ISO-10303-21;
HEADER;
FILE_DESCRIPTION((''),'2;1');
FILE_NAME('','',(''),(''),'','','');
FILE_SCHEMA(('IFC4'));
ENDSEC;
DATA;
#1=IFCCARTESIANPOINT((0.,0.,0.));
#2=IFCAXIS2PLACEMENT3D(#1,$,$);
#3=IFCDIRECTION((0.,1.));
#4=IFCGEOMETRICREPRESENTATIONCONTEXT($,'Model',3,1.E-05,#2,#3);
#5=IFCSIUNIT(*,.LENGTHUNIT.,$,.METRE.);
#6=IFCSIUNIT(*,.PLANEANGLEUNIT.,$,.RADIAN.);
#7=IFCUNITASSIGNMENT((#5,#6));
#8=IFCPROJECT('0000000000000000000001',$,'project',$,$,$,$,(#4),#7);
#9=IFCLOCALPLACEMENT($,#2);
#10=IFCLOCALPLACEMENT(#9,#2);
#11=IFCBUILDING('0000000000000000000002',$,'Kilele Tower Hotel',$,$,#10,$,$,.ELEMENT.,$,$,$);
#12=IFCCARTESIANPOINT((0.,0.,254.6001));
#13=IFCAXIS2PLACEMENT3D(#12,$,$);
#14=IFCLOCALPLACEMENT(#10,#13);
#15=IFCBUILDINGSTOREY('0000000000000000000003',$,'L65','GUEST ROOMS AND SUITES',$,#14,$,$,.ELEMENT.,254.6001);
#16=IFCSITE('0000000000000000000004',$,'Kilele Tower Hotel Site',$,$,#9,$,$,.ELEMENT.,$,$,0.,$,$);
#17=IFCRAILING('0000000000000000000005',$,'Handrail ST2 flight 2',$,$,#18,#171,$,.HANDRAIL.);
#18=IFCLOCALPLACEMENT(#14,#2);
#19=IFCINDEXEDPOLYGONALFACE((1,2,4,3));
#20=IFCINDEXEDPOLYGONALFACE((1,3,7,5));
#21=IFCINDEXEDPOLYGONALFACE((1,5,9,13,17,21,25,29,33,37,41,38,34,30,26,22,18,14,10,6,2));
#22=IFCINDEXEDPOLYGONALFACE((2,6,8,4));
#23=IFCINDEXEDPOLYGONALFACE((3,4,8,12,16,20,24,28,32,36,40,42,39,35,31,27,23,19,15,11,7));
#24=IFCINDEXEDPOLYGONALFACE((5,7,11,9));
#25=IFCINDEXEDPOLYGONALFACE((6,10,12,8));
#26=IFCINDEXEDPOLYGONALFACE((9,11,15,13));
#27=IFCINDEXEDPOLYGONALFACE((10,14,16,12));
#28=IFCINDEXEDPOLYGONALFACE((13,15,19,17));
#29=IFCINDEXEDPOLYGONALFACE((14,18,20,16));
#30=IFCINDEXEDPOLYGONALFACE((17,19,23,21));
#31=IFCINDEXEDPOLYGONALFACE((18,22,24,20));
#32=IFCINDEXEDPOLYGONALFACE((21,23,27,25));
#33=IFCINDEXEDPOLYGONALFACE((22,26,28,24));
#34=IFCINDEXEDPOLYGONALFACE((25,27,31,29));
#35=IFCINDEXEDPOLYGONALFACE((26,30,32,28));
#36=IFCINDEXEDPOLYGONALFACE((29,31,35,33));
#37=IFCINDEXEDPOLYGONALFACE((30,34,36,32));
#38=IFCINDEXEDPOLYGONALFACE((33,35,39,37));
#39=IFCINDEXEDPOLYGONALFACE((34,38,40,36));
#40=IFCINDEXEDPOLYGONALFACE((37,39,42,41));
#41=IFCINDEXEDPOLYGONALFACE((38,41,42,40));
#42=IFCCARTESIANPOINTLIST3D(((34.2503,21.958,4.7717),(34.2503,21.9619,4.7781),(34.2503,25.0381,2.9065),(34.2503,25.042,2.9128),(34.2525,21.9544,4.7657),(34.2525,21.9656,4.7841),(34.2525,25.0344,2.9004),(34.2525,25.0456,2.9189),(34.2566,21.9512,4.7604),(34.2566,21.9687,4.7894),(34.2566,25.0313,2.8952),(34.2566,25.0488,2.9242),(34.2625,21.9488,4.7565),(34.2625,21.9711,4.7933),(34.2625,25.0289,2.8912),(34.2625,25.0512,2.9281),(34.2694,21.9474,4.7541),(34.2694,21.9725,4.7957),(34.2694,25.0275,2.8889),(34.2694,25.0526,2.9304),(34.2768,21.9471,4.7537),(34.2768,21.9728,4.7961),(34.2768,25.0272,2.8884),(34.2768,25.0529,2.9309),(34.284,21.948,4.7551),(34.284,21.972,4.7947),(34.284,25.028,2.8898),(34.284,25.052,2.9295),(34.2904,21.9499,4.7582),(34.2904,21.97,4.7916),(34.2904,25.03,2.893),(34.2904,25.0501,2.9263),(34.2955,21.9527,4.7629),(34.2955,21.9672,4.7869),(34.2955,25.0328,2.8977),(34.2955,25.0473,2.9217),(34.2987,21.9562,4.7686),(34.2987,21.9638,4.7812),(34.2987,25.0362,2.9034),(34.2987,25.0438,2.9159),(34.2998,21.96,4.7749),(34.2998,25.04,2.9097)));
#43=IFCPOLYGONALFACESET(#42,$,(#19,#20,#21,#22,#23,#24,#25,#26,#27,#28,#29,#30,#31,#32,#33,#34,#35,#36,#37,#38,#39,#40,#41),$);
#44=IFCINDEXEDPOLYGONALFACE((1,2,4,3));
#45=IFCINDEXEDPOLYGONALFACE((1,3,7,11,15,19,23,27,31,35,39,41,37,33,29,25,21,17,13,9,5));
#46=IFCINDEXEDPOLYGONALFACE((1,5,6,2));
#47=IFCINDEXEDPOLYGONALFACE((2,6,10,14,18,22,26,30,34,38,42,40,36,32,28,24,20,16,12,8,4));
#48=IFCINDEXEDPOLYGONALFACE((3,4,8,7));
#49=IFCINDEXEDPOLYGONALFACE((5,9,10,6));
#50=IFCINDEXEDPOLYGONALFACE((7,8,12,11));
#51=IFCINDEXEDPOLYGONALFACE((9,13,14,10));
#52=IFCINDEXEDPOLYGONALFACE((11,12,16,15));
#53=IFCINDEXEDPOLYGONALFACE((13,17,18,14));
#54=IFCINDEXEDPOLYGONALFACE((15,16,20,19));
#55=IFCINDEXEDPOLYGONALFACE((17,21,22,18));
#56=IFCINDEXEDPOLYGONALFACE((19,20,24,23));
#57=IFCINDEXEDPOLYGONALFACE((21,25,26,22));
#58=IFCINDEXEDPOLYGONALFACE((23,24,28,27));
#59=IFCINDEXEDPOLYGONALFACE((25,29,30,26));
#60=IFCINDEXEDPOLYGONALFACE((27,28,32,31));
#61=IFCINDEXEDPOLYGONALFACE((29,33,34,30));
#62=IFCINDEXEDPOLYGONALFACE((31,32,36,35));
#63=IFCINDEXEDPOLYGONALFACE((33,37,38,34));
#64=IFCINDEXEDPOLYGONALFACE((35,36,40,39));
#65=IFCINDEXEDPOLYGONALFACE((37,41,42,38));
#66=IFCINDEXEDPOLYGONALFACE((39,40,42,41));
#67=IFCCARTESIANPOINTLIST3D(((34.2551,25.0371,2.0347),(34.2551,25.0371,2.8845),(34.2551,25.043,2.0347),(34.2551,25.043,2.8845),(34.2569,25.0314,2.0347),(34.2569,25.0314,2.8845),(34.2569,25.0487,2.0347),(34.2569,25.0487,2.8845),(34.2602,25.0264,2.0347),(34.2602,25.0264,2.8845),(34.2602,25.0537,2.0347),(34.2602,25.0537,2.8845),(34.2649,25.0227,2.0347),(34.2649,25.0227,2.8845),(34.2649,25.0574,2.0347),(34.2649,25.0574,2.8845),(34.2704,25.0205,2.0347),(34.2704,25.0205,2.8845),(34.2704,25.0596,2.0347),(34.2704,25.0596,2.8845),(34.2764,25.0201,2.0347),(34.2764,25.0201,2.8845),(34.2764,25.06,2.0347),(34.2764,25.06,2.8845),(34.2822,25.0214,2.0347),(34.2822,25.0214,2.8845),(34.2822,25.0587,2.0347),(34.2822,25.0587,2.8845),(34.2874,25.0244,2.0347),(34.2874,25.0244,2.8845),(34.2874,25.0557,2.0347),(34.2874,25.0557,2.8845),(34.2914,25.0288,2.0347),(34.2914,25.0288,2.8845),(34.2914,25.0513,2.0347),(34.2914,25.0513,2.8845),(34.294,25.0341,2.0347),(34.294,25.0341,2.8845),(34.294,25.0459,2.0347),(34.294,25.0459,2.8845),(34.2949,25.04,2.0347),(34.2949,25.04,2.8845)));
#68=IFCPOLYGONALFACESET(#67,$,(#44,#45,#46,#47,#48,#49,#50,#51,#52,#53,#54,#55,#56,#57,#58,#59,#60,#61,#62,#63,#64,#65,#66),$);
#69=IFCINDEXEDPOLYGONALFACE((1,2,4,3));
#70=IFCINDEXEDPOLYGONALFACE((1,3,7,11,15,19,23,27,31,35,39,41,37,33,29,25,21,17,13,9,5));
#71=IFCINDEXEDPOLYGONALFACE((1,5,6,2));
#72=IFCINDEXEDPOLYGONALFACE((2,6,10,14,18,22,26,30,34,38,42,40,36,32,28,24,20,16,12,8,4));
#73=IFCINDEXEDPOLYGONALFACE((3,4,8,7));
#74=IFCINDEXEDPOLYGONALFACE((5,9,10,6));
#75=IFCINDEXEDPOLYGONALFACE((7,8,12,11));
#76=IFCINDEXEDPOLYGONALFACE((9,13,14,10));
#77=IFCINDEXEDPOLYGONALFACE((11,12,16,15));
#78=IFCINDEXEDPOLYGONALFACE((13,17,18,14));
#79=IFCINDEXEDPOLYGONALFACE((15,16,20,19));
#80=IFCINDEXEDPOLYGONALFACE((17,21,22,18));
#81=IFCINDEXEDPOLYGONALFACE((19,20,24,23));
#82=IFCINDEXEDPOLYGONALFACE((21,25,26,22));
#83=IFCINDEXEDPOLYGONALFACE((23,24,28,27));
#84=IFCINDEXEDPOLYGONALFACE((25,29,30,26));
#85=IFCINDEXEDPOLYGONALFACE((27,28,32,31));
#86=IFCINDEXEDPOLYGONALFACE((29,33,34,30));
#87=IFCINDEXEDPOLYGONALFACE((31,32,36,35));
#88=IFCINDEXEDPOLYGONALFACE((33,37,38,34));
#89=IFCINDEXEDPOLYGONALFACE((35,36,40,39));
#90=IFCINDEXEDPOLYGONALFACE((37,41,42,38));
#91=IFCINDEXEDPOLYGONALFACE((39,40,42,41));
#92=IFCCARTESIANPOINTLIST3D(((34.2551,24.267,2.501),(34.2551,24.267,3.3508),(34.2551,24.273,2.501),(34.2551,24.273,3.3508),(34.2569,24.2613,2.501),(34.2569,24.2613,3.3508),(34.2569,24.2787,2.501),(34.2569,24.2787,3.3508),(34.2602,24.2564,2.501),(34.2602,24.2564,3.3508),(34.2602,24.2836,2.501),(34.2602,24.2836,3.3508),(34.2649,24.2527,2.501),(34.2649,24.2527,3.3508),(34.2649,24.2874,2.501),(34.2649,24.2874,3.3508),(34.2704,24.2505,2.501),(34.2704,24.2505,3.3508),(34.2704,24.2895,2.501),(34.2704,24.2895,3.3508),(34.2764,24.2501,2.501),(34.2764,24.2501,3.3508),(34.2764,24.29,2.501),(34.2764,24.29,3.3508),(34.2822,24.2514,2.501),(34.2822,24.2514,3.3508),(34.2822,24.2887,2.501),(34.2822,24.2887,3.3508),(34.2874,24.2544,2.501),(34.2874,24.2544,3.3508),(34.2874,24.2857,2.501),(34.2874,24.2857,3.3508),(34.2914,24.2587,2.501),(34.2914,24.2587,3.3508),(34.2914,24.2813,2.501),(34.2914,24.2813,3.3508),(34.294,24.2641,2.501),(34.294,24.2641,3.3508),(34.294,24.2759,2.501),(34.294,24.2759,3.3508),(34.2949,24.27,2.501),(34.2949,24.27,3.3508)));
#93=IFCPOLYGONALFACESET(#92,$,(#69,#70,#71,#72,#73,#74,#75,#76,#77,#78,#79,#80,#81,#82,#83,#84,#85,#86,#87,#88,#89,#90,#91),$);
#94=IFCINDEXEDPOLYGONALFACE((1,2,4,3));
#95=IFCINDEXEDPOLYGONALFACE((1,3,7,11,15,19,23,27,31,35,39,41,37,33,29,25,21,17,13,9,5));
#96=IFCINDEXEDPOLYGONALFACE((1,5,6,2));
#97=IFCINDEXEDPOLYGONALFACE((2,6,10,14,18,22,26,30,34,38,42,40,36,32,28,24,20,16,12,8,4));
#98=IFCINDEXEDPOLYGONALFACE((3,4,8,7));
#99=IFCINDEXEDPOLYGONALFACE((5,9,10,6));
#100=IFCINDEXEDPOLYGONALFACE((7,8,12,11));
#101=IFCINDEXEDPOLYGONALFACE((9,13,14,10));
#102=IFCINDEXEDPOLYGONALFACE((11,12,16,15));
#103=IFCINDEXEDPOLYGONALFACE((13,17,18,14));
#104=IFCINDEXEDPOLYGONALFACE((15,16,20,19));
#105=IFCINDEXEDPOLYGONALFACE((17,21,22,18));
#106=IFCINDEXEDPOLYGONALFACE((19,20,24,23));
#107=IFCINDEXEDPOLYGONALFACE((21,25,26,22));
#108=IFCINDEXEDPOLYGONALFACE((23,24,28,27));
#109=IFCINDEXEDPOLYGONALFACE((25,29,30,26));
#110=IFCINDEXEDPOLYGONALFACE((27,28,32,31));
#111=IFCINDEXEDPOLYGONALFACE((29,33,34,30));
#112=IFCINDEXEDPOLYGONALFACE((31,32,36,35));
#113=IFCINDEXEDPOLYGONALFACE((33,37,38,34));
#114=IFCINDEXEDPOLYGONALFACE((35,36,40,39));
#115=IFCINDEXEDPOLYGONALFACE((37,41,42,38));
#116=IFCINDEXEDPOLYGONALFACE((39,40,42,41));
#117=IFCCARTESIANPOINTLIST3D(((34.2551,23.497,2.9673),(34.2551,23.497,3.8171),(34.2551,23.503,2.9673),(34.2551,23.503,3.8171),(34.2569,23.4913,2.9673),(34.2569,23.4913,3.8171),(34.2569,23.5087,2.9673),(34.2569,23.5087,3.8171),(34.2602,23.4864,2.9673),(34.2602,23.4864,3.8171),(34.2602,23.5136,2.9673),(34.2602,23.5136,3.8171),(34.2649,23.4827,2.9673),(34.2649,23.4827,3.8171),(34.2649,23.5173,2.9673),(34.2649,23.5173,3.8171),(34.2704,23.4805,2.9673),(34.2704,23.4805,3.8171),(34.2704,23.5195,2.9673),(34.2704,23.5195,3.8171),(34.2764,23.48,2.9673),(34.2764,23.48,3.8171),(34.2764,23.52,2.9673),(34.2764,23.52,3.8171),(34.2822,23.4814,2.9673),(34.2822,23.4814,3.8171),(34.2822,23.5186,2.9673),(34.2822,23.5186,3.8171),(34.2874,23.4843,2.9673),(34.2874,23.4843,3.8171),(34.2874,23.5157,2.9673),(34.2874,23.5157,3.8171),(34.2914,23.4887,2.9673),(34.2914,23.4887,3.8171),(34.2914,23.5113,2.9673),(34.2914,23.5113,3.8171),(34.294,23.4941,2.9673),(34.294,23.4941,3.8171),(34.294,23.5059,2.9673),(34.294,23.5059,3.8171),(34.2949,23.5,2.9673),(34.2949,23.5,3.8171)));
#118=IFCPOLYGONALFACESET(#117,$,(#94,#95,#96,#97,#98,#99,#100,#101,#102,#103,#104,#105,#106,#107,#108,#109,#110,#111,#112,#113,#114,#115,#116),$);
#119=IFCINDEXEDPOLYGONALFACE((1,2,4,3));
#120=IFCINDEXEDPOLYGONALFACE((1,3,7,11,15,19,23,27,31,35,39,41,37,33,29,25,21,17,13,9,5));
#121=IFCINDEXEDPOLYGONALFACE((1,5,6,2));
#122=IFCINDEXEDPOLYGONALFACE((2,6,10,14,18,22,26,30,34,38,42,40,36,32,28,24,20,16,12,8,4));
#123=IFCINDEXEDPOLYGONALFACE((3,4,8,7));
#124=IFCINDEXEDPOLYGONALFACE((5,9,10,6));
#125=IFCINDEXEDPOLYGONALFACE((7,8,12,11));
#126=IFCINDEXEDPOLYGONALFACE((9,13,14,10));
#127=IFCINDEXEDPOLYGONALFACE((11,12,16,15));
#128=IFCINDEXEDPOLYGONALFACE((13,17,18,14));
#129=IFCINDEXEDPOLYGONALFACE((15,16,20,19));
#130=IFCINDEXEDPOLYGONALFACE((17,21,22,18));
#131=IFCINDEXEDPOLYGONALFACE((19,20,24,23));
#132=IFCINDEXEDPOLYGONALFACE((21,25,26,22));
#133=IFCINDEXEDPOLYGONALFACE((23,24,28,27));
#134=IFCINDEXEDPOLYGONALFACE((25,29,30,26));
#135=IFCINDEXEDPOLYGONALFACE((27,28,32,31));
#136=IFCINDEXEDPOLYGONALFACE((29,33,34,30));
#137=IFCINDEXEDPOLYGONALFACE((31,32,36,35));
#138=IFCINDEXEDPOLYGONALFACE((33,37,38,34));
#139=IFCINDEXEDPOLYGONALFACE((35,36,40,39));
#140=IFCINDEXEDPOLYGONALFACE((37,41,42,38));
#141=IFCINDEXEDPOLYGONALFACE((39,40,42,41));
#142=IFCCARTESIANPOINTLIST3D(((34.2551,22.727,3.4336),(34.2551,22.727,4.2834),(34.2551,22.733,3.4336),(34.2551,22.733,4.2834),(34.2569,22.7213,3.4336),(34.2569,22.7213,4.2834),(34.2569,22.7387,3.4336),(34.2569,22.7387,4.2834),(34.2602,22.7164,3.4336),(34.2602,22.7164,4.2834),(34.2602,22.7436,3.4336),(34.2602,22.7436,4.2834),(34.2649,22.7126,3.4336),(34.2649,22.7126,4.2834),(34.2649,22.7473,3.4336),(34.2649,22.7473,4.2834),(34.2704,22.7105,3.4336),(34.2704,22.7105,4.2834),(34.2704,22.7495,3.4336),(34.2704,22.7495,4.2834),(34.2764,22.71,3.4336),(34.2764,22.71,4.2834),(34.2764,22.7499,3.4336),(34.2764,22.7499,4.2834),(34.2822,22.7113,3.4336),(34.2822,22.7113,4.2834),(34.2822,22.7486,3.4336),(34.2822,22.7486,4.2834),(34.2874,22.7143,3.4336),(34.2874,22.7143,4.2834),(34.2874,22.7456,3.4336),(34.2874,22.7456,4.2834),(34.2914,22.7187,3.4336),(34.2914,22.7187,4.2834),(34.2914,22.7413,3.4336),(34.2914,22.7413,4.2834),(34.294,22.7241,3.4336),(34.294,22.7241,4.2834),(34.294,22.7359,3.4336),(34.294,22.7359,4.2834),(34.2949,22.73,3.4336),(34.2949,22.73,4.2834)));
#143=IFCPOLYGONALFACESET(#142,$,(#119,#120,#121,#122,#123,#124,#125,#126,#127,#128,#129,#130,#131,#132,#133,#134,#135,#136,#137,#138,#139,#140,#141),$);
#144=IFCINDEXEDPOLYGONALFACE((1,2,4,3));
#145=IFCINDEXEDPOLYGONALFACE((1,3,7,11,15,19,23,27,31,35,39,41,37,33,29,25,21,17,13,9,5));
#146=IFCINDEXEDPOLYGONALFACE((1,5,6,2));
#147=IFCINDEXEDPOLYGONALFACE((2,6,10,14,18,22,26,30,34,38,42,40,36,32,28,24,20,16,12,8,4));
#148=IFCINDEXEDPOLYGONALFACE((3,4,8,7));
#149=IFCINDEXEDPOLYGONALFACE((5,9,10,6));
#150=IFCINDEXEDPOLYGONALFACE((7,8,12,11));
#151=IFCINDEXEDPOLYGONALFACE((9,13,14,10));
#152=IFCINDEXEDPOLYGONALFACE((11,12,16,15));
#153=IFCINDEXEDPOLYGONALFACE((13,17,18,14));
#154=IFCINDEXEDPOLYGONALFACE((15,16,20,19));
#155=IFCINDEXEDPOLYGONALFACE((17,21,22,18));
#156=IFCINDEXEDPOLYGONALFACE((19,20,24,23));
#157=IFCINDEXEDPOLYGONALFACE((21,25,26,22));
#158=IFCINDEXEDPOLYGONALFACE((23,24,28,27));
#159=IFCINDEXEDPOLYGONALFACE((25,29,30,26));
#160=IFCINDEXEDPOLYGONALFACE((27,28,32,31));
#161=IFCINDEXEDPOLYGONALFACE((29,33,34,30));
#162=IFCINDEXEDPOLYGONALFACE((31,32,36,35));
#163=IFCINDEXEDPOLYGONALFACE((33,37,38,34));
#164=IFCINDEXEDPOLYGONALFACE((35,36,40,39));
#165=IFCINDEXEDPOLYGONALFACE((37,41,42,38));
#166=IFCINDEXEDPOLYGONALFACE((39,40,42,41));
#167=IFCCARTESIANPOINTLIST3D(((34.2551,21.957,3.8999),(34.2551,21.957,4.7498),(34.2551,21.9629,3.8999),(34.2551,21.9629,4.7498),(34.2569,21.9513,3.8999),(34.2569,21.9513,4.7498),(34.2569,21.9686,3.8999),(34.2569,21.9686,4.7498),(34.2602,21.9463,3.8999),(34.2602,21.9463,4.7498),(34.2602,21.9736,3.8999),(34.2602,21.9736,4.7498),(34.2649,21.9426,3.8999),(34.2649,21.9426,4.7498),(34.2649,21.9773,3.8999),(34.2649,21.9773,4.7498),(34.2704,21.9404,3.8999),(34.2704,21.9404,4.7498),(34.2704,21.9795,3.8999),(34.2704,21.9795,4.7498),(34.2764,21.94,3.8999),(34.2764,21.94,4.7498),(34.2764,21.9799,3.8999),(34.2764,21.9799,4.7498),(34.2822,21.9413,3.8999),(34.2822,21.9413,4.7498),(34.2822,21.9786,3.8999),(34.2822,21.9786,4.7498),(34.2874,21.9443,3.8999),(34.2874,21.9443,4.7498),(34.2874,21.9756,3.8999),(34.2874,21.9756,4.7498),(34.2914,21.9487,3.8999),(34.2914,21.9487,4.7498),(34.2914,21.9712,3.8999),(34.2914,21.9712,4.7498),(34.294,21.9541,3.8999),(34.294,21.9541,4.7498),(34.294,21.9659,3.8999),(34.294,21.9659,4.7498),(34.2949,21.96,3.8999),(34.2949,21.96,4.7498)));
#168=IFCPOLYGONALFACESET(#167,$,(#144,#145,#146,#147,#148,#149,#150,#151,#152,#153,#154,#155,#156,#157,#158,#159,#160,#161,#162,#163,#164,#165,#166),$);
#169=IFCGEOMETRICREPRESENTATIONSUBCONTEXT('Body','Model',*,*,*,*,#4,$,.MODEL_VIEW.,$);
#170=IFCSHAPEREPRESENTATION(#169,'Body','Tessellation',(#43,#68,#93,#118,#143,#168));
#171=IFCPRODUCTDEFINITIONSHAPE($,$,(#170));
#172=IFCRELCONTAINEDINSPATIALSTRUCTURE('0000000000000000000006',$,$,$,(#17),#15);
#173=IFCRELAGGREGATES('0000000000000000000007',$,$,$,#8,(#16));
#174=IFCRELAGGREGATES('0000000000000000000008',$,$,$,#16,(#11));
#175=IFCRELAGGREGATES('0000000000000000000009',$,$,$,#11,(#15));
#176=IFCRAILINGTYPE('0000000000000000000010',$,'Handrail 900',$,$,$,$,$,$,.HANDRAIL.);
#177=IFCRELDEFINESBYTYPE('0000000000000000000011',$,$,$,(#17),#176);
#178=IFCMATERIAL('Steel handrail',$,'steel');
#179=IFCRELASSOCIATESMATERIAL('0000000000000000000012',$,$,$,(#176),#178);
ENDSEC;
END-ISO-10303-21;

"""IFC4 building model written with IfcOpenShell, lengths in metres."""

from ifc_helpers import new_model, si_unit, direction, frame, origin, origin_2d, place, context, subcontext, project, spatial, circle, extrude, material, type_object, element, save


model = new_model("IFC4")

# Units and contexts
model_context = context("Model", 3, precision=1e-05, world=origin(), true_north=direction((0.0, 1.0)))
body_context = subcontext(model_context, "Body", "Model", "MODEL_VIEW")
ifc_project = project(units=[si_unit("LENGTHUNIT", "METRE"), si_unit("PLANEANGLEUNIT", "RADIAN")], contexts=[model_context])

# Site, building, storey
site_placement = place(None, origin())
site = spatial("IfcSite", under=ifc_project, at=site_placement, Name="Kilele Tower Hotel Site", CompositionType="ELEMENT", RefElevation=0.0)
building_placement = place(site_placement, origin())
building = spatial("IfcBuilding", under=site, at=building_placement, Name="Kilele Tower Hotel", CompositionType="ELEMENT")
storey_placement = place(building_placement, frame((0.0, 0.0, 254.6001)))
storey = spatial("IfcBuildingStorey", under=building, at=storey_placement, Name="L65", Description="GUEST ROOMS AND SUITES", CompositionType="ELEMENT", Elevation=254.6001)

# Railing
ifc_material_1 = material(Name="Steel handrail", Category="steel")
railing_type_1 = type_object("IfcRailingType", Name="Handrail 900", PredefinedType="HANDRAIL", material=ifc_material_1)
for number, where, name in (
    (1, (34.2749, 25.04, 2.0347), "Handrail ST2 flight 2"),
):
    element("IfcRailing", number, at=place(storey_placement, frame(where)), inside=storey, type_object=railing_type_1, Name=name, PredefinedType="HANDRAIL", context=body_context, shape_type="SweptSolid", body=[
        extrude(circle(Radius=0.0249, at=origin_2d()), frame((0.0, 0.0, 0.875), z_axis=(0.0, -0.85538, 0.518001), x_axis=(1.0, 0.0, 0.0)), (0.0, 0.0, 1.0), 3.6008),
        extrude(circle(Radius=0.02, at=origin_2d()), origin(), (0.0, 0.0, 1.0), 0.8499),
        extrude(circle(Radius=0.02, at=origin_2d()), frame((0.0, -0.77, 0.4663)), (0.0, 0.0, 1.0), 0.8499),
        extrude(circle(Radius=0.02, at=origin_2d()), frame((0.0, -1.54, 0.9326)), (0.0, 0.0, 1.0), 0.8499),
        extrude(circle(Radius=0.02, at=origin_2d()), frame((0.0, -2.3101, 1.3989)), (0.0, 0.0, 1.0), 0.8499),
        extrude(circle(Radius=0.02, at=origin_2d()), frame((0.0, -3.0801, 1.8652)), (0.0, 0.0, 1.0), 0.8499),
    ])

save(model, "model.ifc")
